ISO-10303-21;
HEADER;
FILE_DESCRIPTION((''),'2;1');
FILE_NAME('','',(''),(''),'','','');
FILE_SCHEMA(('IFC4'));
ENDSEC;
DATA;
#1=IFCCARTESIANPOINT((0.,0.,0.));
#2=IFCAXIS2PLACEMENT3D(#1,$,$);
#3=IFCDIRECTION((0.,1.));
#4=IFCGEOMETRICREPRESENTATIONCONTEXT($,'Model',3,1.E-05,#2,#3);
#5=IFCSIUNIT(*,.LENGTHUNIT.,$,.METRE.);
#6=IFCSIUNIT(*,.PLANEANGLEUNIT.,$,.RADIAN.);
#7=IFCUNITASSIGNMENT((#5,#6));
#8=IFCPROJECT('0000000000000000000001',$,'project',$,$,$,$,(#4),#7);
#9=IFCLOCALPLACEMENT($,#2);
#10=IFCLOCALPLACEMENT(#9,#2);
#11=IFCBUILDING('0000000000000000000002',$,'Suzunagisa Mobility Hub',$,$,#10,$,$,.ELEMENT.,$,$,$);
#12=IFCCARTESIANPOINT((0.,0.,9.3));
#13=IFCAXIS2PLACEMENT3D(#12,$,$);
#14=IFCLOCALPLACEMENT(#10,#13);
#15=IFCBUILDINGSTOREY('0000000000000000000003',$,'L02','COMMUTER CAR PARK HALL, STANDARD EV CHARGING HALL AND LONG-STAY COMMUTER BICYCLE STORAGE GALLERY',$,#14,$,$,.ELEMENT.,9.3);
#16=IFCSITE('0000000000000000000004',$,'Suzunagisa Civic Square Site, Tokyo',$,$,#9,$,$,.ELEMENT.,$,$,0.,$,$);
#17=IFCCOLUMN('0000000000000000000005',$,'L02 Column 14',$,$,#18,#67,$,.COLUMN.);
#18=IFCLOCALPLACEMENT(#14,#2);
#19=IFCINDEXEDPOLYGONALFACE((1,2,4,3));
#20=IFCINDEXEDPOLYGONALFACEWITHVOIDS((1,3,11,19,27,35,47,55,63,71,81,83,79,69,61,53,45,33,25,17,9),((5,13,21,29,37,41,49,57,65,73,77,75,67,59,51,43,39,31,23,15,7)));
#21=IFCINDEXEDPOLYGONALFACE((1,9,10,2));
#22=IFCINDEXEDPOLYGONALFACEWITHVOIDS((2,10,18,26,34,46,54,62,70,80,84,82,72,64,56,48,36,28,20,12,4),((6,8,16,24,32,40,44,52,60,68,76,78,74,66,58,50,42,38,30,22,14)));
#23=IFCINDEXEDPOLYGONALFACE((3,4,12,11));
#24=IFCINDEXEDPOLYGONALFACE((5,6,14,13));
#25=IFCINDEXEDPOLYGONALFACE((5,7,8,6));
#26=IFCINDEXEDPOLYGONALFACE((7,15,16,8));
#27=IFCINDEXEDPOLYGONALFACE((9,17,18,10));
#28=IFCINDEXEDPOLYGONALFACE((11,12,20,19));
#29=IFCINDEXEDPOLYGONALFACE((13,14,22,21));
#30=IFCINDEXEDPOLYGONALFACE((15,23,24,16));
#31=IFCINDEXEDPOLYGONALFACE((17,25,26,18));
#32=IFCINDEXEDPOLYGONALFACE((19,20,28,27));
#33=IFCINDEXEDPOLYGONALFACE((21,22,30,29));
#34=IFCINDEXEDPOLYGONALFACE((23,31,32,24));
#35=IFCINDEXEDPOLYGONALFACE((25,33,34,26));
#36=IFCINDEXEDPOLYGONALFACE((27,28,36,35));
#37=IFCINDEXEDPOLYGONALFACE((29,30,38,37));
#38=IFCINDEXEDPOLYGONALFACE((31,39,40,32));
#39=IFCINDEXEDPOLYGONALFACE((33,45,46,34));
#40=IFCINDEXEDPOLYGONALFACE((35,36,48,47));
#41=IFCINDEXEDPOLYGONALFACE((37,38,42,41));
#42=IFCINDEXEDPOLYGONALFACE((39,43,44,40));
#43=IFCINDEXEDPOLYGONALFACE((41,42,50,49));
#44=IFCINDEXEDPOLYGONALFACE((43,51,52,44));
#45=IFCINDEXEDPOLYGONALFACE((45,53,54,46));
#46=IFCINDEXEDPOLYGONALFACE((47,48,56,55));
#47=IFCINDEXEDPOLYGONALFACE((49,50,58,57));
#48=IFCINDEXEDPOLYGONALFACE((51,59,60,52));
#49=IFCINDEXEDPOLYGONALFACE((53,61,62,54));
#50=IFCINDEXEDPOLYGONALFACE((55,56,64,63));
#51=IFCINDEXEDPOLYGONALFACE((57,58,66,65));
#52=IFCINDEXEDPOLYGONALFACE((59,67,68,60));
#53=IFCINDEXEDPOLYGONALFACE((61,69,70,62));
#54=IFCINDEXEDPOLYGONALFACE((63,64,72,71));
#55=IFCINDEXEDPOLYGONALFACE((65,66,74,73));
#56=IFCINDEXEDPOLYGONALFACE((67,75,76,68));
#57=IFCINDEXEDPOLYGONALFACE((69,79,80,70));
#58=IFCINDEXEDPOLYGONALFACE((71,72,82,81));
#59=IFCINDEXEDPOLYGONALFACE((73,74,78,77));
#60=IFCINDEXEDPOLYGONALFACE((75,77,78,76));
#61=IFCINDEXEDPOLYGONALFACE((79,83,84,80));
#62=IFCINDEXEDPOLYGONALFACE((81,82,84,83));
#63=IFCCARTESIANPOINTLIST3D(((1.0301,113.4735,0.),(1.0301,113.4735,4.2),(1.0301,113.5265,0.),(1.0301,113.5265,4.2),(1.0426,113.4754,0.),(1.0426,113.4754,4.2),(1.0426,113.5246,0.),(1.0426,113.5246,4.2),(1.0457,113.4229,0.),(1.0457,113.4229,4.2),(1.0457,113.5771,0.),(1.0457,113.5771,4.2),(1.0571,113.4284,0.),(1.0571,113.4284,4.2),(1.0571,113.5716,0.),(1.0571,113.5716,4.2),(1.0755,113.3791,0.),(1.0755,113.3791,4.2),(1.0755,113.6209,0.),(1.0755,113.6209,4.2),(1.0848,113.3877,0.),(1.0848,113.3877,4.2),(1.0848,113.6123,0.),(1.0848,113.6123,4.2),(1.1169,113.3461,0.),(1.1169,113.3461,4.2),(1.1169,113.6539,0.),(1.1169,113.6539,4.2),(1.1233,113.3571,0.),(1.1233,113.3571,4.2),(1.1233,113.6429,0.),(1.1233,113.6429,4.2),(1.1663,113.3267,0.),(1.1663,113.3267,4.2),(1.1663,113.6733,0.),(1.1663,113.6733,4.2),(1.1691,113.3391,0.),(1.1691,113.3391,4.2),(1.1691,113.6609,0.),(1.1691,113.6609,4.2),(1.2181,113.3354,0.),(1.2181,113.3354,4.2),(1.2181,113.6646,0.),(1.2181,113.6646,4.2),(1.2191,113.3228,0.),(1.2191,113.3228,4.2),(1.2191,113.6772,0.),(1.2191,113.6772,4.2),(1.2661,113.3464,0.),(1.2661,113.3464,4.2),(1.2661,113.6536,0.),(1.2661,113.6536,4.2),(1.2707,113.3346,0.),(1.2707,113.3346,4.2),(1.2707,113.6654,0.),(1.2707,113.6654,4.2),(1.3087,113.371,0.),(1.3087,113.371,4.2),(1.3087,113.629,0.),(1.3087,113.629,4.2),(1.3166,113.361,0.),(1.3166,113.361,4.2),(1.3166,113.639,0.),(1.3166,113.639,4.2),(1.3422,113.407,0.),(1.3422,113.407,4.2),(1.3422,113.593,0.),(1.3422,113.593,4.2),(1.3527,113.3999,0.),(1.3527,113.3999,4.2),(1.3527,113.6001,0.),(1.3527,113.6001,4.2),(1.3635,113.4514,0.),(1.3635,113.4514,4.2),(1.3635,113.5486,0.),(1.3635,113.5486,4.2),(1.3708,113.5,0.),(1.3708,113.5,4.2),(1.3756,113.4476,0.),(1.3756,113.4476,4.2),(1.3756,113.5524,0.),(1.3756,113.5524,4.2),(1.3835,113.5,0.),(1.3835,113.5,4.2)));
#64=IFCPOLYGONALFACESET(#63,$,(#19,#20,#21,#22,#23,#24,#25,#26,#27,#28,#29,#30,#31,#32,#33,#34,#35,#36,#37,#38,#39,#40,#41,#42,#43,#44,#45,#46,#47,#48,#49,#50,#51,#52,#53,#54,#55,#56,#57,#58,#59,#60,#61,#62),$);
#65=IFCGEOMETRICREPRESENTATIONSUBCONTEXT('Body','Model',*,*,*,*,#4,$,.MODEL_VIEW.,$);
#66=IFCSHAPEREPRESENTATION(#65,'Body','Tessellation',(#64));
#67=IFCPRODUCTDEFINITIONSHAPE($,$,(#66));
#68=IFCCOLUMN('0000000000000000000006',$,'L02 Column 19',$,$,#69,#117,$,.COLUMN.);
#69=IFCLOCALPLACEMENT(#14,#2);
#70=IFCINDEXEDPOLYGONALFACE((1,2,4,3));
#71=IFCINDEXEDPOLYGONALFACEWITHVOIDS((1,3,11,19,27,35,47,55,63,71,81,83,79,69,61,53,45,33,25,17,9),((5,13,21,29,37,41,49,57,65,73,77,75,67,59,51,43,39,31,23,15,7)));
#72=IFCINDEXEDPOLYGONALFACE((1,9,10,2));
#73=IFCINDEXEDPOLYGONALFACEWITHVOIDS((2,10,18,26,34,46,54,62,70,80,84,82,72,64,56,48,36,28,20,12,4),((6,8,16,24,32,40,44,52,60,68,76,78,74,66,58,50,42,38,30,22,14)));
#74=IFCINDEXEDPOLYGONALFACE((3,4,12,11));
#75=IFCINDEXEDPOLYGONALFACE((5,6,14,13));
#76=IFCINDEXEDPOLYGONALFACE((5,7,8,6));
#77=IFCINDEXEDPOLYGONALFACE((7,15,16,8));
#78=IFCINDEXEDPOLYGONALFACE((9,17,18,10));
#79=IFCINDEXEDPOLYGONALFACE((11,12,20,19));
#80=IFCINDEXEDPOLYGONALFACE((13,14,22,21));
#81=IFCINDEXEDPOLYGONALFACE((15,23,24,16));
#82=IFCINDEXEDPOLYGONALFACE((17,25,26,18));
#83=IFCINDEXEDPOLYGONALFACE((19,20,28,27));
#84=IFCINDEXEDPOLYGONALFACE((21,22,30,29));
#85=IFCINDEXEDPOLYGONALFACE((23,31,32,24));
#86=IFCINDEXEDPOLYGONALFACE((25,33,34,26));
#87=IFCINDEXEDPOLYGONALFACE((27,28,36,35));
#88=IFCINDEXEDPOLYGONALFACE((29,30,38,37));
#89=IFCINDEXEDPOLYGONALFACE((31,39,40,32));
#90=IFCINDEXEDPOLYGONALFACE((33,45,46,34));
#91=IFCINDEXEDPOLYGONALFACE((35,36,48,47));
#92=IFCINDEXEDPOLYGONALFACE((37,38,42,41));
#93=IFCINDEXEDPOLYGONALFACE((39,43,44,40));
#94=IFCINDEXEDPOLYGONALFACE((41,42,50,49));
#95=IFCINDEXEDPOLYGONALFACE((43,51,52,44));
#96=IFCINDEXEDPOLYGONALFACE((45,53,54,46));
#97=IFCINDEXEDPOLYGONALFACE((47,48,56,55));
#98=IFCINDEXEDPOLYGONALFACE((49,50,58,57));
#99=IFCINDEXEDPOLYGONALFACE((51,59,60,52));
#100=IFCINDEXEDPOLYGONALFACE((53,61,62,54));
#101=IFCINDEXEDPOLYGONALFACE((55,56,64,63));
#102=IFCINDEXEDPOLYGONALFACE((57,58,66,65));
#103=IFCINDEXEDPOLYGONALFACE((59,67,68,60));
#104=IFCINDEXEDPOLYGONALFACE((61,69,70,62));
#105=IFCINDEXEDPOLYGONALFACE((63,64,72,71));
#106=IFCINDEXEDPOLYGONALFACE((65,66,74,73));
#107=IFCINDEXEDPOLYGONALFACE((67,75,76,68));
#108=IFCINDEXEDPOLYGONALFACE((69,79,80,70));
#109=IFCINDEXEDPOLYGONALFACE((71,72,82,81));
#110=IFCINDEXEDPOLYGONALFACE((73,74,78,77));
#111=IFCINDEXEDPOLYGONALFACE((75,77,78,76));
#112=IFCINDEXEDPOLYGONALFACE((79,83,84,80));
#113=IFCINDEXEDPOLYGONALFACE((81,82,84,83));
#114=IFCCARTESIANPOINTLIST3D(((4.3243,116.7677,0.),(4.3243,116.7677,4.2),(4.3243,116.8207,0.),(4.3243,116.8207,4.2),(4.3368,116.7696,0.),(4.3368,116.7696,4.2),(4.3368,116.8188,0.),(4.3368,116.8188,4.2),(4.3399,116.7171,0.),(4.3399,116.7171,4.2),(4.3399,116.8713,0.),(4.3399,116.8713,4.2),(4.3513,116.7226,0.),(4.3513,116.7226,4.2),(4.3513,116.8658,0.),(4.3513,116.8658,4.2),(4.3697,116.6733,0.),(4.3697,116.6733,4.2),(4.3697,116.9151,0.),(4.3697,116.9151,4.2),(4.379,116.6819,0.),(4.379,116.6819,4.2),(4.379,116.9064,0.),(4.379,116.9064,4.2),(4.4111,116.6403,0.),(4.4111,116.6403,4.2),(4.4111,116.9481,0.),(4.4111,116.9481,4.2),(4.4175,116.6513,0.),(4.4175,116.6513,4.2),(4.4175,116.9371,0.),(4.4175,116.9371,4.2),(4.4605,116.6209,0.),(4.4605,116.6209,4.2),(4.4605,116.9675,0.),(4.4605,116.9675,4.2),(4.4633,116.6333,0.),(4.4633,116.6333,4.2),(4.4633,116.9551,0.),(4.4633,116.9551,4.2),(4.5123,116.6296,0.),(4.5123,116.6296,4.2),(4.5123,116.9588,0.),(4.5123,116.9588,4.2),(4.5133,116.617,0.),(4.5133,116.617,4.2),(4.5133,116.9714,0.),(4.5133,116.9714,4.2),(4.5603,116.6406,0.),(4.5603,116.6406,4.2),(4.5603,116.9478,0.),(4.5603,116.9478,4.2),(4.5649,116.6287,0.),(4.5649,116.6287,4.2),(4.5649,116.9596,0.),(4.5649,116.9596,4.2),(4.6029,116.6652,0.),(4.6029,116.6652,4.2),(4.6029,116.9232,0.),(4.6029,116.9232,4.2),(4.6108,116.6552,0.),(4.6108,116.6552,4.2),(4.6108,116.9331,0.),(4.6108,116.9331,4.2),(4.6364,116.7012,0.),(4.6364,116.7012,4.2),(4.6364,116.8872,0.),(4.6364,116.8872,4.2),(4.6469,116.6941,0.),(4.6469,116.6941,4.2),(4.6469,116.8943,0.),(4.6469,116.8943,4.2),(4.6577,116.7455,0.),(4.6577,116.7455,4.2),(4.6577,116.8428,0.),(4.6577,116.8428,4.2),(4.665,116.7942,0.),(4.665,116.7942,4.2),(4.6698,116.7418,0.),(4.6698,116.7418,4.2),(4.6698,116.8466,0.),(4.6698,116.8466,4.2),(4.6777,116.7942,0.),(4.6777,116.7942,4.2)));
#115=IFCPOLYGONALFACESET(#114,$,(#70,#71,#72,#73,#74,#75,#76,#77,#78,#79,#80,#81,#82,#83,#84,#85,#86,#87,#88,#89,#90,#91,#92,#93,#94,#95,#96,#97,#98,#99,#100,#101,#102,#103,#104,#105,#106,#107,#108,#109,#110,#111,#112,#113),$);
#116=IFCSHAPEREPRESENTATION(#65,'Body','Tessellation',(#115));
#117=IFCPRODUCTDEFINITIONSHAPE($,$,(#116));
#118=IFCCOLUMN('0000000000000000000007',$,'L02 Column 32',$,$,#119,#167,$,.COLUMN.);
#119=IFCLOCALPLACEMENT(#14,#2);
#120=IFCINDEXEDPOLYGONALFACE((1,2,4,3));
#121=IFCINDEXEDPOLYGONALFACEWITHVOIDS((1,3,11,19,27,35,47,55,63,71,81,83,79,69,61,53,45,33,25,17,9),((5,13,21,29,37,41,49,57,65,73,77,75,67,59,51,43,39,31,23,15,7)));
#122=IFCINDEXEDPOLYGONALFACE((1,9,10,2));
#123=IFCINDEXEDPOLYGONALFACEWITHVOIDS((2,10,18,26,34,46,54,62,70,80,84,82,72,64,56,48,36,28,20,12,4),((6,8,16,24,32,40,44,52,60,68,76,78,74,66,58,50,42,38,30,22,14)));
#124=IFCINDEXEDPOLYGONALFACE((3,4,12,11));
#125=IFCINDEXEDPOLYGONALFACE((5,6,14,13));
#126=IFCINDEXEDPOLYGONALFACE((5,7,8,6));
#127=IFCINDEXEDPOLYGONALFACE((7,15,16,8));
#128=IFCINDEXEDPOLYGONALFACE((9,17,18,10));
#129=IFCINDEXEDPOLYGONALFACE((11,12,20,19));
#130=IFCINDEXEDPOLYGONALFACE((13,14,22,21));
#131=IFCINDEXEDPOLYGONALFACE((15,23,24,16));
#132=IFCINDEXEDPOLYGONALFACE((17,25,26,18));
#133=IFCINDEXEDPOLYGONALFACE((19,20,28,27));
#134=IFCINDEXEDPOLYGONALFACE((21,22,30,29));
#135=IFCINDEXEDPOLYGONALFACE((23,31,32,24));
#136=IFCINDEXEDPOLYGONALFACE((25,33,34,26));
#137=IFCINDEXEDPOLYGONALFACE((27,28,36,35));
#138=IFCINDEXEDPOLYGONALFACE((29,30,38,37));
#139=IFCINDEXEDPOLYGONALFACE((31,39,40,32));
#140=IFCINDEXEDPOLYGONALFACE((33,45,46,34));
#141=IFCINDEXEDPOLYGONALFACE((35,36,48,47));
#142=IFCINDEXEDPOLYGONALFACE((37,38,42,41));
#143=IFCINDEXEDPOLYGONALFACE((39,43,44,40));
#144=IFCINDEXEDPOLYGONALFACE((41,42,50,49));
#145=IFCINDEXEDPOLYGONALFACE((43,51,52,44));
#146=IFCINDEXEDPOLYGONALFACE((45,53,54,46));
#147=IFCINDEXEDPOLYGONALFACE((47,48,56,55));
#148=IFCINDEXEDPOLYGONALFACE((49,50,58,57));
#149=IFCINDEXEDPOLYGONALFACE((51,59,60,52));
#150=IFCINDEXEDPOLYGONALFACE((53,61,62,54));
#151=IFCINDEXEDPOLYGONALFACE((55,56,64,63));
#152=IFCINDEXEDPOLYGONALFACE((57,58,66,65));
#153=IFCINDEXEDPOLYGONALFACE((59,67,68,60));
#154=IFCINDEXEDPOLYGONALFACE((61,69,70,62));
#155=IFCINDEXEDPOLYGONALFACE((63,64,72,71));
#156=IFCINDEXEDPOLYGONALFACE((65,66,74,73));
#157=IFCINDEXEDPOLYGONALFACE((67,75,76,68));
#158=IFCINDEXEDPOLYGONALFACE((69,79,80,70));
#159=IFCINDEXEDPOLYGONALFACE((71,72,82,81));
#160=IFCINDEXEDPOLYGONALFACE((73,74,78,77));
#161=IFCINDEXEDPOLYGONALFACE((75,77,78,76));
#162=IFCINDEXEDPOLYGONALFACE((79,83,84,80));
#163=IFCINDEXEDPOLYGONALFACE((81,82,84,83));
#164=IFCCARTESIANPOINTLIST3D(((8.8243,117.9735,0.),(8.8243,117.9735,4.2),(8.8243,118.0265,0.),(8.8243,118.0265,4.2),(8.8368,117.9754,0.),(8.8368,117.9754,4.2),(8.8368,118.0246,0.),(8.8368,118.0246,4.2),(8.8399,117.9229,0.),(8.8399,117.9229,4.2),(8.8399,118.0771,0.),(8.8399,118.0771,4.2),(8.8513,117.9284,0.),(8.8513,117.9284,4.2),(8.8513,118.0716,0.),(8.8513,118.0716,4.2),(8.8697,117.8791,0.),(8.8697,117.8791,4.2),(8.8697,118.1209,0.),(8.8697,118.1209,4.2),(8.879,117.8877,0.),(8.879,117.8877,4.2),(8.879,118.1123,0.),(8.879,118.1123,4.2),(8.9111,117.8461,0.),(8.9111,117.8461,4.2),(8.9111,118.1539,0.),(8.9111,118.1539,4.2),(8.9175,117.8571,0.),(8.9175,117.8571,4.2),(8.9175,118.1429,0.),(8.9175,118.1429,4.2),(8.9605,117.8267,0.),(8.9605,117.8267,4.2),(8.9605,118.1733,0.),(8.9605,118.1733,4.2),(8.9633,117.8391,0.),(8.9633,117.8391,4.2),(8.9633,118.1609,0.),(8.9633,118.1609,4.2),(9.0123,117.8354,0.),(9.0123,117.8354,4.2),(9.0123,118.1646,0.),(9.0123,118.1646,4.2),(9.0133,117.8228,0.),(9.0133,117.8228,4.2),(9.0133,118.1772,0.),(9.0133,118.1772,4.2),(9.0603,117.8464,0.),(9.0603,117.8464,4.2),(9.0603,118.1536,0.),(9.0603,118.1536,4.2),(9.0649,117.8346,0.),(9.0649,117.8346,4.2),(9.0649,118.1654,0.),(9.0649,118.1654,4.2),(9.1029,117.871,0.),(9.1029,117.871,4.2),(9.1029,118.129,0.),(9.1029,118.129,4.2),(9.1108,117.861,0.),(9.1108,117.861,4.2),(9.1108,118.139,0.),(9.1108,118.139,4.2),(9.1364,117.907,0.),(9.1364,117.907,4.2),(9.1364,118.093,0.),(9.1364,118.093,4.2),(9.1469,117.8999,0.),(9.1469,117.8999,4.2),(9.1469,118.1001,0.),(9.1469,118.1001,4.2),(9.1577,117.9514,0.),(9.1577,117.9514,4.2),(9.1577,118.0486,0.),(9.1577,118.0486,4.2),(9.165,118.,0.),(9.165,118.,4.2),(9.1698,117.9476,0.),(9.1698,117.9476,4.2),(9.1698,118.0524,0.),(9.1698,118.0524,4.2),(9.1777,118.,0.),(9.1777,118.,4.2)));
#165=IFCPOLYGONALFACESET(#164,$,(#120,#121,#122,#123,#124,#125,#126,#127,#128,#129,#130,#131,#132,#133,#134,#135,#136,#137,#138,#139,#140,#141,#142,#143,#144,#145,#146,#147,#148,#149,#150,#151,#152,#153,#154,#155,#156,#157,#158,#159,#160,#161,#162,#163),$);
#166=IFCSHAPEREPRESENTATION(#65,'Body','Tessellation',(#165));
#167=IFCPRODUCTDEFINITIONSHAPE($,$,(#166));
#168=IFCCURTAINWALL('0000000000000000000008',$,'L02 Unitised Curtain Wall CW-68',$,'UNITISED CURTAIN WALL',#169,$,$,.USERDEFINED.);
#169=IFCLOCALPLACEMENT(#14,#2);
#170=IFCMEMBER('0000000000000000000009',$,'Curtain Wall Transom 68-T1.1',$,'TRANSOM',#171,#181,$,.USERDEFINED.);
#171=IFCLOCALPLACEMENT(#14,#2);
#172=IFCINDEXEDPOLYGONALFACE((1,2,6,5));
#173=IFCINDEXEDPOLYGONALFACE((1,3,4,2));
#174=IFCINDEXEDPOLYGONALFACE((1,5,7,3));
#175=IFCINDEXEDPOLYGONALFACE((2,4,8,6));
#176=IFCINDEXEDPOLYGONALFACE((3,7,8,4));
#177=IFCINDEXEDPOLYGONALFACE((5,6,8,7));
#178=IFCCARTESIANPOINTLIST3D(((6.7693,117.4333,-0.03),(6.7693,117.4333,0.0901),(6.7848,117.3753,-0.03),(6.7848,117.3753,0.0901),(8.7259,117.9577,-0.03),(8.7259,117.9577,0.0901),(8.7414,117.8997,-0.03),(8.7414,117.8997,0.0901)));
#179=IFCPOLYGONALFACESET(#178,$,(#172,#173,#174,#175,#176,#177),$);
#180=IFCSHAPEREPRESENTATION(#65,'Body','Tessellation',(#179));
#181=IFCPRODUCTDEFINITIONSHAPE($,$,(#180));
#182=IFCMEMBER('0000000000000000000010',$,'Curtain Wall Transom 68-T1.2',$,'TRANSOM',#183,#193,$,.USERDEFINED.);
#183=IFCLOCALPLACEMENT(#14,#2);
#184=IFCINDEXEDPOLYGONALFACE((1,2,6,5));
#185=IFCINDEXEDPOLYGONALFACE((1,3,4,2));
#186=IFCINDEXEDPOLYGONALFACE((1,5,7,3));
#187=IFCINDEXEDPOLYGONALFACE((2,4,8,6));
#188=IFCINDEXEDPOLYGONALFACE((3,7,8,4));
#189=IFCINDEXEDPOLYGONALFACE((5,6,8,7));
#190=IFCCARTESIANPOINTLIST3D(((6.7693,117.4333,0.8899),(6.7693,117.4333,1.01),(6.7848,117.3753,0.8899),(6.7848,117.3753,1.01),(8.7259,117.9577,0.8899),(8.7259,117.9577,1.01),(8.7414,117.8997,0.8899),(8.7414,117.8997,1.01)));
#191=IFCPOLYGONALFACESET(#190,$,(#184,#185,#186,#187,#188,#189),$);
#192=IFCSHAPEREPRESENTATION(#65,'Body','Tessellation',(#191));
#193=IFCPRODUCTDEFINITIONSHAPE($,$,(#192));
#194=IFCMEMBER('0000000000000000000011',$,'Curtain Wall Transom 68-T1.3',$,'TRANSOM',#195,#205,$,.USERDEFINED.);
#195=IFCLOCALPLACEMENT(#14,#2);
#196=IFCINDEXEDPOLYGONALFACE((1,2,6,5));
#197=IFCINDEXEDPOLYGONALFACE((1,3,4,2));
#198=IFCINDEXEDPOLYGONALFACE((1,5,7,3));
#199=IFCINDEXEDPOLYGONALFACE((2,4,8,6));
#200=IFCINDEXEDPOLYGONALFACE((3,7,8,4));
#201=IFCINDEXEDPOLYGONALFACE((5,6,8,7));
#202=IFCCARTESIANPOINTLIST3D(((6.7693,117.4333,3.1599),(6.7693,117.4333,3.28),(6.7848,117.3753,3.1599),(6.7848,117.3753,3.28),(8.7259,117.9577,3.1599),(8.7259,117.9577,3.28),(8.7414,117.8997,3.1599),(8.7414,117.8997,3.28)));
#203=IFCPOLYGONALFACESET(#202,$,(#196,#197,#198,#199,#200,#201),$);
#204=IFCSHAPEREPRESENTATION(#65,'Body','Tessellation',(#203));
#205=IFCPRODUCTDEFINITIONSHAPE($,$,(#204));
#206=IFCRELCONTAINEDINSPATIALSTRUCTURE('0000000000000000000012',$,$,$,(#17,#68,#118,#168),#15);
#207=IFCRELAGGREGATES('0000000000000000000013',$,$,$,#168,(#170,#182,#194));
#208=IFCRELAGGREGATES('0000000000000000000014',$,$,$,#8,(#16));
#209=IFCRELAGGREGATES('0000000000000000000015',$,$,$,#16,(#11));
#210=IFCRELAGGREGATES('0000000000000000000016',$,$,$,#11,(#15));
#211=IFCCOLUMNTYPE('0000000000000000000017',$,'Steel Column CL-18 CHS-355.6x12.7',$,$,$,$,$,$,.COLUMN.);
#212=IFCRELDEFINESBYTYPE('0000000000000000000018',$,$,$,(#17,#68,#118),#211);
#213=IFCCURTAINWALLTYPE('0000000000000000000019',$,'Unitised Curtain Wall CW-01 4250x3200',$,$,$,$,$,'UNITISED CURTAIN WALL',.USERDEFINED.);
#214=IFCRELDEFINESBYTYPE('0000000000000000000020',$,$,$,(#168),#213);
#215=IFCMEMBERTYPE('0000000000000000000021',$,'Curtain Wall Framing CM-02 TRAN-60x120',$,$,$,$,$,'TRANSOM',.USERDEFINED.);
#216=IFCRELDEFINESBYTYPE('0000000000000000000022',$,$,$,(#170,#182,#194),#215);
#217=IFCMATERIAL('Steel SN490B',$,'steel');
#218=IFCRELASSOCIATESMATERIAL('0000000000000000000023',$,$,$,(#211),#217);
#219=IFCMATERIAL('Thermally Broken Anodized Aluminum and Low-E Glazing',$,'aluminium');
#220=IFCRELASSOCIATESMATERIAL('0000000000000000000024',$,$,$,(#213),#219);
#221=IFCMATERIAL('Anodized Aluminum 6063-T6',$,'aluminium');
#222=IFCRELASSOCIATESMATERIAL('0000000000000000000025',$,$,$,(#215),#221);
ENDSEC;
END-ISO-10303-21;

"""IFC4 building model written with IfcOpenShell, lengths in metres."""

from ifc_helpers import new_model, si_unit, direction, frame, origin, origin_2d, place, context, subcontext, project, spatial, rectangle, hollow_circle, extrude, material, material_profile, profile_set, type_object, element, aggregate, save


model = new_model("IFC4")

# Units and contexts
model_context = context("Model", 3, precision=1e-05, world=origin(), true_north=direction((0.0, 1.0)))
body_context = subcontext(model_context, "Body", "Model", "MODEL_VIEW")
ifc_project = project(units=[si_unit("LENGTHUNIT", "METRE"), si_unit("PLANEANGLEUNIT", "RADIAN")], contexts=[model_context])

# Site, building, storey
site_placement = place(None, origin())
site = spatial("IfcSite", under=ifc_project, at=site_placement, Name="Suzunagisa Civic Square Site, Tokyo", CompositionType="ELEMENT", RefElevation=0.0)
building_placement = place(site_placement, origin())
building = spatial("IfcBuilding", under=site, at=building_placement, Name="Suzunagisa Mobility Hub", CompositionType="ELEMENT")
storey_placement = place(building_placement, frame((0.0, 0.0, 9.3)))
storey = spatial("IfcBuildingStorey", under=building, at=storey_placement, Name="L02", Description="COMMUTER CAR PARK HALL, STANDARD EV CHARGING HALL AND LONG-STAY COMMUTER BICYCLE STORAGE GALLERY", CompositionType="ELEMENT", Elevation=9.3)

# Columns
ifc_material_1 = material(Name="Steel SN490B", Category="steel")
ifc_material_profile_1 = material_profile(ifc_material_1, hollow_circle(Radius=0.1777, WallThickness=0.0127, at=origin_2d()), Name="CHS-355.6x12.7")
ifc_profile_set_1 = profile_set([ifc_material_profile_1], Name="Steel SN490B")
column_type = type_object("IfcColumnType", Name="Steel Column CL-18 CHS-355.6x12.7", PredefinedType="COLUMN", material=ifc_profile_set_1)
for number, where, z_axis, x_axis, name in (
    (1, (1.2058, 113.5, 0.0), (0.0, 0.0, 1.0), (1.0, 0.0, 0.0), "L02 Column 14"),
    (2, (4.5, 116.7942, 0.0), (0.0, 0.0, 1.0), (1.0, 0.0, 0.0), "L02 Column 19"),
    (3, (9.0, 118.0, 0.0), (0.0, 0.0, 1.0), (1.0, 0.0, 0.0), "L02 Column 32"),
):
    element("IfcColumn", number, at=place(storey_placement, frame(where, z_axis=z_axis, x_axis=x_axis)), inside=storey, type_object=column_type, Name=name, PredefinedType="COLUMN", context=body_context, shape_type="SweptSolid", body=[
        extrude(hollow_circle(Radius=0.1777, WallThickness=0.0127, at=origin_2d()), origin(), (0.0, 0.0, 1.0), 4.2),
    ])

# Curtain wall, members
ifc_material_2 = material(Name="Thermally Broken Anodized Aluminum and Low-E Glazing", Category="aluminium")
curtain_wall_type_1 = type_object("IfcCurtainWallType", Name="Unitised Curtain Wall CW-01 4250x3200", ElementType="UNITISED CURTAIN WALL", PredefinedType="USERDEFINED", material=ifc_material_2)
curtain_wall_1_placement = place(storey_placement, origin())
curtain_wall_1 = element("IfcCurtainWall", 4, at=curtain_wall_1_placement, inside=storey, type_object=curtain_wall_type_1, Name="L02 Unitised Curtain Wall CW-68", ObjectType="UNITISED CURTAIN WALL", PredefinedType="USERDEFINED")
ifc_material_3 = material(Name="Anodized Aluminum 6063-T6", Category="aluminium")
ifc_material_profile_2 = material_profile(ifc_material_3, rectangle(XDim=0.0601, YDim=0.1201, at=origin_2d()), Name="TRAN-60x120")
ifc_profile_set_2 = profile_set([ifc_material_profile_2], Name="Anodized Aluminum 6063-T6")
member_type_1 = type_object("IfcMemberType", Name="Curtain Wall Framing CM-02 TRAN-60x120", ElementType="TRANSOM", PredefinedType="USERDEFINED", material=ifc_profile_set_2)
member_1_placement = place(storey_placement, frame((8.7336, 117.9287, 0.03), z_axis=(-0.965906, -0.258893, 0.0), x_axis=(0.258893, -0.965906, 0.0)))
member_1 = element("IfcMember", 5, at=member_1_placement, type_object=member_type_1, Name="Curtain Wall Transom 68-T1.1", ObjectType="TRANSOM", PredefinedType="USERDEFINED", context=body_context, shape_type="SweptSolid", body=[
    extrude(rectangle(XDim=0.0601, YDim=0.1201, at=origin_2d()), origin(), (0.0, 0.0, 1.0), 2.0256),
])
member_2_placement = place(storey_placement, frame((8.7336, 117.9287, 0.95), z_axis=(-0.965906, -0.258893, 0.0), x_axis=(0.258893, -0.965906, 0.0)))
member_2 = element("IfcMember", 6, at=member_2_placement, type_object=member_type_1, Name="Curtain Wall Transom 68-T1.2", ObjectType="TRANSOM", PredefinedType="USERDEFINED", context=body_context, shape_type="SweptSolid", body=[
    extrude(rectangle(XDim=0.0601, YDim=0.1201, at=origin_2d()), origin(), (0.0, 0.0, 1.0), 2.0256),
])
member_3_placement = place(storey_placement, frame((8.7336, 117.9287, 3.22), z_axis=(-0.965906, -0.258893, 0.0), x_axis=(0.258893, -0.965906, 0.0)))
member_3 = element("IfcMember", 7, at=member_3_placement, type_object=member_type_1, Name="Curtain Wall Transom 68-T1.3", ObjectType="TRANSOM", PredefinedType="USERDEFINED", context=body_context, shape_type="SweptSolid", body=[
    extrude(rectangle(XDim=0.0601, YDim=0.1201, at=origin_2d()), origin(), (0.0, 0.0, 1.0), 2.0256),
])

aggregate(curtain_wall_1, [member_1, member_2, member_3])

save(model, "model.ifc")
